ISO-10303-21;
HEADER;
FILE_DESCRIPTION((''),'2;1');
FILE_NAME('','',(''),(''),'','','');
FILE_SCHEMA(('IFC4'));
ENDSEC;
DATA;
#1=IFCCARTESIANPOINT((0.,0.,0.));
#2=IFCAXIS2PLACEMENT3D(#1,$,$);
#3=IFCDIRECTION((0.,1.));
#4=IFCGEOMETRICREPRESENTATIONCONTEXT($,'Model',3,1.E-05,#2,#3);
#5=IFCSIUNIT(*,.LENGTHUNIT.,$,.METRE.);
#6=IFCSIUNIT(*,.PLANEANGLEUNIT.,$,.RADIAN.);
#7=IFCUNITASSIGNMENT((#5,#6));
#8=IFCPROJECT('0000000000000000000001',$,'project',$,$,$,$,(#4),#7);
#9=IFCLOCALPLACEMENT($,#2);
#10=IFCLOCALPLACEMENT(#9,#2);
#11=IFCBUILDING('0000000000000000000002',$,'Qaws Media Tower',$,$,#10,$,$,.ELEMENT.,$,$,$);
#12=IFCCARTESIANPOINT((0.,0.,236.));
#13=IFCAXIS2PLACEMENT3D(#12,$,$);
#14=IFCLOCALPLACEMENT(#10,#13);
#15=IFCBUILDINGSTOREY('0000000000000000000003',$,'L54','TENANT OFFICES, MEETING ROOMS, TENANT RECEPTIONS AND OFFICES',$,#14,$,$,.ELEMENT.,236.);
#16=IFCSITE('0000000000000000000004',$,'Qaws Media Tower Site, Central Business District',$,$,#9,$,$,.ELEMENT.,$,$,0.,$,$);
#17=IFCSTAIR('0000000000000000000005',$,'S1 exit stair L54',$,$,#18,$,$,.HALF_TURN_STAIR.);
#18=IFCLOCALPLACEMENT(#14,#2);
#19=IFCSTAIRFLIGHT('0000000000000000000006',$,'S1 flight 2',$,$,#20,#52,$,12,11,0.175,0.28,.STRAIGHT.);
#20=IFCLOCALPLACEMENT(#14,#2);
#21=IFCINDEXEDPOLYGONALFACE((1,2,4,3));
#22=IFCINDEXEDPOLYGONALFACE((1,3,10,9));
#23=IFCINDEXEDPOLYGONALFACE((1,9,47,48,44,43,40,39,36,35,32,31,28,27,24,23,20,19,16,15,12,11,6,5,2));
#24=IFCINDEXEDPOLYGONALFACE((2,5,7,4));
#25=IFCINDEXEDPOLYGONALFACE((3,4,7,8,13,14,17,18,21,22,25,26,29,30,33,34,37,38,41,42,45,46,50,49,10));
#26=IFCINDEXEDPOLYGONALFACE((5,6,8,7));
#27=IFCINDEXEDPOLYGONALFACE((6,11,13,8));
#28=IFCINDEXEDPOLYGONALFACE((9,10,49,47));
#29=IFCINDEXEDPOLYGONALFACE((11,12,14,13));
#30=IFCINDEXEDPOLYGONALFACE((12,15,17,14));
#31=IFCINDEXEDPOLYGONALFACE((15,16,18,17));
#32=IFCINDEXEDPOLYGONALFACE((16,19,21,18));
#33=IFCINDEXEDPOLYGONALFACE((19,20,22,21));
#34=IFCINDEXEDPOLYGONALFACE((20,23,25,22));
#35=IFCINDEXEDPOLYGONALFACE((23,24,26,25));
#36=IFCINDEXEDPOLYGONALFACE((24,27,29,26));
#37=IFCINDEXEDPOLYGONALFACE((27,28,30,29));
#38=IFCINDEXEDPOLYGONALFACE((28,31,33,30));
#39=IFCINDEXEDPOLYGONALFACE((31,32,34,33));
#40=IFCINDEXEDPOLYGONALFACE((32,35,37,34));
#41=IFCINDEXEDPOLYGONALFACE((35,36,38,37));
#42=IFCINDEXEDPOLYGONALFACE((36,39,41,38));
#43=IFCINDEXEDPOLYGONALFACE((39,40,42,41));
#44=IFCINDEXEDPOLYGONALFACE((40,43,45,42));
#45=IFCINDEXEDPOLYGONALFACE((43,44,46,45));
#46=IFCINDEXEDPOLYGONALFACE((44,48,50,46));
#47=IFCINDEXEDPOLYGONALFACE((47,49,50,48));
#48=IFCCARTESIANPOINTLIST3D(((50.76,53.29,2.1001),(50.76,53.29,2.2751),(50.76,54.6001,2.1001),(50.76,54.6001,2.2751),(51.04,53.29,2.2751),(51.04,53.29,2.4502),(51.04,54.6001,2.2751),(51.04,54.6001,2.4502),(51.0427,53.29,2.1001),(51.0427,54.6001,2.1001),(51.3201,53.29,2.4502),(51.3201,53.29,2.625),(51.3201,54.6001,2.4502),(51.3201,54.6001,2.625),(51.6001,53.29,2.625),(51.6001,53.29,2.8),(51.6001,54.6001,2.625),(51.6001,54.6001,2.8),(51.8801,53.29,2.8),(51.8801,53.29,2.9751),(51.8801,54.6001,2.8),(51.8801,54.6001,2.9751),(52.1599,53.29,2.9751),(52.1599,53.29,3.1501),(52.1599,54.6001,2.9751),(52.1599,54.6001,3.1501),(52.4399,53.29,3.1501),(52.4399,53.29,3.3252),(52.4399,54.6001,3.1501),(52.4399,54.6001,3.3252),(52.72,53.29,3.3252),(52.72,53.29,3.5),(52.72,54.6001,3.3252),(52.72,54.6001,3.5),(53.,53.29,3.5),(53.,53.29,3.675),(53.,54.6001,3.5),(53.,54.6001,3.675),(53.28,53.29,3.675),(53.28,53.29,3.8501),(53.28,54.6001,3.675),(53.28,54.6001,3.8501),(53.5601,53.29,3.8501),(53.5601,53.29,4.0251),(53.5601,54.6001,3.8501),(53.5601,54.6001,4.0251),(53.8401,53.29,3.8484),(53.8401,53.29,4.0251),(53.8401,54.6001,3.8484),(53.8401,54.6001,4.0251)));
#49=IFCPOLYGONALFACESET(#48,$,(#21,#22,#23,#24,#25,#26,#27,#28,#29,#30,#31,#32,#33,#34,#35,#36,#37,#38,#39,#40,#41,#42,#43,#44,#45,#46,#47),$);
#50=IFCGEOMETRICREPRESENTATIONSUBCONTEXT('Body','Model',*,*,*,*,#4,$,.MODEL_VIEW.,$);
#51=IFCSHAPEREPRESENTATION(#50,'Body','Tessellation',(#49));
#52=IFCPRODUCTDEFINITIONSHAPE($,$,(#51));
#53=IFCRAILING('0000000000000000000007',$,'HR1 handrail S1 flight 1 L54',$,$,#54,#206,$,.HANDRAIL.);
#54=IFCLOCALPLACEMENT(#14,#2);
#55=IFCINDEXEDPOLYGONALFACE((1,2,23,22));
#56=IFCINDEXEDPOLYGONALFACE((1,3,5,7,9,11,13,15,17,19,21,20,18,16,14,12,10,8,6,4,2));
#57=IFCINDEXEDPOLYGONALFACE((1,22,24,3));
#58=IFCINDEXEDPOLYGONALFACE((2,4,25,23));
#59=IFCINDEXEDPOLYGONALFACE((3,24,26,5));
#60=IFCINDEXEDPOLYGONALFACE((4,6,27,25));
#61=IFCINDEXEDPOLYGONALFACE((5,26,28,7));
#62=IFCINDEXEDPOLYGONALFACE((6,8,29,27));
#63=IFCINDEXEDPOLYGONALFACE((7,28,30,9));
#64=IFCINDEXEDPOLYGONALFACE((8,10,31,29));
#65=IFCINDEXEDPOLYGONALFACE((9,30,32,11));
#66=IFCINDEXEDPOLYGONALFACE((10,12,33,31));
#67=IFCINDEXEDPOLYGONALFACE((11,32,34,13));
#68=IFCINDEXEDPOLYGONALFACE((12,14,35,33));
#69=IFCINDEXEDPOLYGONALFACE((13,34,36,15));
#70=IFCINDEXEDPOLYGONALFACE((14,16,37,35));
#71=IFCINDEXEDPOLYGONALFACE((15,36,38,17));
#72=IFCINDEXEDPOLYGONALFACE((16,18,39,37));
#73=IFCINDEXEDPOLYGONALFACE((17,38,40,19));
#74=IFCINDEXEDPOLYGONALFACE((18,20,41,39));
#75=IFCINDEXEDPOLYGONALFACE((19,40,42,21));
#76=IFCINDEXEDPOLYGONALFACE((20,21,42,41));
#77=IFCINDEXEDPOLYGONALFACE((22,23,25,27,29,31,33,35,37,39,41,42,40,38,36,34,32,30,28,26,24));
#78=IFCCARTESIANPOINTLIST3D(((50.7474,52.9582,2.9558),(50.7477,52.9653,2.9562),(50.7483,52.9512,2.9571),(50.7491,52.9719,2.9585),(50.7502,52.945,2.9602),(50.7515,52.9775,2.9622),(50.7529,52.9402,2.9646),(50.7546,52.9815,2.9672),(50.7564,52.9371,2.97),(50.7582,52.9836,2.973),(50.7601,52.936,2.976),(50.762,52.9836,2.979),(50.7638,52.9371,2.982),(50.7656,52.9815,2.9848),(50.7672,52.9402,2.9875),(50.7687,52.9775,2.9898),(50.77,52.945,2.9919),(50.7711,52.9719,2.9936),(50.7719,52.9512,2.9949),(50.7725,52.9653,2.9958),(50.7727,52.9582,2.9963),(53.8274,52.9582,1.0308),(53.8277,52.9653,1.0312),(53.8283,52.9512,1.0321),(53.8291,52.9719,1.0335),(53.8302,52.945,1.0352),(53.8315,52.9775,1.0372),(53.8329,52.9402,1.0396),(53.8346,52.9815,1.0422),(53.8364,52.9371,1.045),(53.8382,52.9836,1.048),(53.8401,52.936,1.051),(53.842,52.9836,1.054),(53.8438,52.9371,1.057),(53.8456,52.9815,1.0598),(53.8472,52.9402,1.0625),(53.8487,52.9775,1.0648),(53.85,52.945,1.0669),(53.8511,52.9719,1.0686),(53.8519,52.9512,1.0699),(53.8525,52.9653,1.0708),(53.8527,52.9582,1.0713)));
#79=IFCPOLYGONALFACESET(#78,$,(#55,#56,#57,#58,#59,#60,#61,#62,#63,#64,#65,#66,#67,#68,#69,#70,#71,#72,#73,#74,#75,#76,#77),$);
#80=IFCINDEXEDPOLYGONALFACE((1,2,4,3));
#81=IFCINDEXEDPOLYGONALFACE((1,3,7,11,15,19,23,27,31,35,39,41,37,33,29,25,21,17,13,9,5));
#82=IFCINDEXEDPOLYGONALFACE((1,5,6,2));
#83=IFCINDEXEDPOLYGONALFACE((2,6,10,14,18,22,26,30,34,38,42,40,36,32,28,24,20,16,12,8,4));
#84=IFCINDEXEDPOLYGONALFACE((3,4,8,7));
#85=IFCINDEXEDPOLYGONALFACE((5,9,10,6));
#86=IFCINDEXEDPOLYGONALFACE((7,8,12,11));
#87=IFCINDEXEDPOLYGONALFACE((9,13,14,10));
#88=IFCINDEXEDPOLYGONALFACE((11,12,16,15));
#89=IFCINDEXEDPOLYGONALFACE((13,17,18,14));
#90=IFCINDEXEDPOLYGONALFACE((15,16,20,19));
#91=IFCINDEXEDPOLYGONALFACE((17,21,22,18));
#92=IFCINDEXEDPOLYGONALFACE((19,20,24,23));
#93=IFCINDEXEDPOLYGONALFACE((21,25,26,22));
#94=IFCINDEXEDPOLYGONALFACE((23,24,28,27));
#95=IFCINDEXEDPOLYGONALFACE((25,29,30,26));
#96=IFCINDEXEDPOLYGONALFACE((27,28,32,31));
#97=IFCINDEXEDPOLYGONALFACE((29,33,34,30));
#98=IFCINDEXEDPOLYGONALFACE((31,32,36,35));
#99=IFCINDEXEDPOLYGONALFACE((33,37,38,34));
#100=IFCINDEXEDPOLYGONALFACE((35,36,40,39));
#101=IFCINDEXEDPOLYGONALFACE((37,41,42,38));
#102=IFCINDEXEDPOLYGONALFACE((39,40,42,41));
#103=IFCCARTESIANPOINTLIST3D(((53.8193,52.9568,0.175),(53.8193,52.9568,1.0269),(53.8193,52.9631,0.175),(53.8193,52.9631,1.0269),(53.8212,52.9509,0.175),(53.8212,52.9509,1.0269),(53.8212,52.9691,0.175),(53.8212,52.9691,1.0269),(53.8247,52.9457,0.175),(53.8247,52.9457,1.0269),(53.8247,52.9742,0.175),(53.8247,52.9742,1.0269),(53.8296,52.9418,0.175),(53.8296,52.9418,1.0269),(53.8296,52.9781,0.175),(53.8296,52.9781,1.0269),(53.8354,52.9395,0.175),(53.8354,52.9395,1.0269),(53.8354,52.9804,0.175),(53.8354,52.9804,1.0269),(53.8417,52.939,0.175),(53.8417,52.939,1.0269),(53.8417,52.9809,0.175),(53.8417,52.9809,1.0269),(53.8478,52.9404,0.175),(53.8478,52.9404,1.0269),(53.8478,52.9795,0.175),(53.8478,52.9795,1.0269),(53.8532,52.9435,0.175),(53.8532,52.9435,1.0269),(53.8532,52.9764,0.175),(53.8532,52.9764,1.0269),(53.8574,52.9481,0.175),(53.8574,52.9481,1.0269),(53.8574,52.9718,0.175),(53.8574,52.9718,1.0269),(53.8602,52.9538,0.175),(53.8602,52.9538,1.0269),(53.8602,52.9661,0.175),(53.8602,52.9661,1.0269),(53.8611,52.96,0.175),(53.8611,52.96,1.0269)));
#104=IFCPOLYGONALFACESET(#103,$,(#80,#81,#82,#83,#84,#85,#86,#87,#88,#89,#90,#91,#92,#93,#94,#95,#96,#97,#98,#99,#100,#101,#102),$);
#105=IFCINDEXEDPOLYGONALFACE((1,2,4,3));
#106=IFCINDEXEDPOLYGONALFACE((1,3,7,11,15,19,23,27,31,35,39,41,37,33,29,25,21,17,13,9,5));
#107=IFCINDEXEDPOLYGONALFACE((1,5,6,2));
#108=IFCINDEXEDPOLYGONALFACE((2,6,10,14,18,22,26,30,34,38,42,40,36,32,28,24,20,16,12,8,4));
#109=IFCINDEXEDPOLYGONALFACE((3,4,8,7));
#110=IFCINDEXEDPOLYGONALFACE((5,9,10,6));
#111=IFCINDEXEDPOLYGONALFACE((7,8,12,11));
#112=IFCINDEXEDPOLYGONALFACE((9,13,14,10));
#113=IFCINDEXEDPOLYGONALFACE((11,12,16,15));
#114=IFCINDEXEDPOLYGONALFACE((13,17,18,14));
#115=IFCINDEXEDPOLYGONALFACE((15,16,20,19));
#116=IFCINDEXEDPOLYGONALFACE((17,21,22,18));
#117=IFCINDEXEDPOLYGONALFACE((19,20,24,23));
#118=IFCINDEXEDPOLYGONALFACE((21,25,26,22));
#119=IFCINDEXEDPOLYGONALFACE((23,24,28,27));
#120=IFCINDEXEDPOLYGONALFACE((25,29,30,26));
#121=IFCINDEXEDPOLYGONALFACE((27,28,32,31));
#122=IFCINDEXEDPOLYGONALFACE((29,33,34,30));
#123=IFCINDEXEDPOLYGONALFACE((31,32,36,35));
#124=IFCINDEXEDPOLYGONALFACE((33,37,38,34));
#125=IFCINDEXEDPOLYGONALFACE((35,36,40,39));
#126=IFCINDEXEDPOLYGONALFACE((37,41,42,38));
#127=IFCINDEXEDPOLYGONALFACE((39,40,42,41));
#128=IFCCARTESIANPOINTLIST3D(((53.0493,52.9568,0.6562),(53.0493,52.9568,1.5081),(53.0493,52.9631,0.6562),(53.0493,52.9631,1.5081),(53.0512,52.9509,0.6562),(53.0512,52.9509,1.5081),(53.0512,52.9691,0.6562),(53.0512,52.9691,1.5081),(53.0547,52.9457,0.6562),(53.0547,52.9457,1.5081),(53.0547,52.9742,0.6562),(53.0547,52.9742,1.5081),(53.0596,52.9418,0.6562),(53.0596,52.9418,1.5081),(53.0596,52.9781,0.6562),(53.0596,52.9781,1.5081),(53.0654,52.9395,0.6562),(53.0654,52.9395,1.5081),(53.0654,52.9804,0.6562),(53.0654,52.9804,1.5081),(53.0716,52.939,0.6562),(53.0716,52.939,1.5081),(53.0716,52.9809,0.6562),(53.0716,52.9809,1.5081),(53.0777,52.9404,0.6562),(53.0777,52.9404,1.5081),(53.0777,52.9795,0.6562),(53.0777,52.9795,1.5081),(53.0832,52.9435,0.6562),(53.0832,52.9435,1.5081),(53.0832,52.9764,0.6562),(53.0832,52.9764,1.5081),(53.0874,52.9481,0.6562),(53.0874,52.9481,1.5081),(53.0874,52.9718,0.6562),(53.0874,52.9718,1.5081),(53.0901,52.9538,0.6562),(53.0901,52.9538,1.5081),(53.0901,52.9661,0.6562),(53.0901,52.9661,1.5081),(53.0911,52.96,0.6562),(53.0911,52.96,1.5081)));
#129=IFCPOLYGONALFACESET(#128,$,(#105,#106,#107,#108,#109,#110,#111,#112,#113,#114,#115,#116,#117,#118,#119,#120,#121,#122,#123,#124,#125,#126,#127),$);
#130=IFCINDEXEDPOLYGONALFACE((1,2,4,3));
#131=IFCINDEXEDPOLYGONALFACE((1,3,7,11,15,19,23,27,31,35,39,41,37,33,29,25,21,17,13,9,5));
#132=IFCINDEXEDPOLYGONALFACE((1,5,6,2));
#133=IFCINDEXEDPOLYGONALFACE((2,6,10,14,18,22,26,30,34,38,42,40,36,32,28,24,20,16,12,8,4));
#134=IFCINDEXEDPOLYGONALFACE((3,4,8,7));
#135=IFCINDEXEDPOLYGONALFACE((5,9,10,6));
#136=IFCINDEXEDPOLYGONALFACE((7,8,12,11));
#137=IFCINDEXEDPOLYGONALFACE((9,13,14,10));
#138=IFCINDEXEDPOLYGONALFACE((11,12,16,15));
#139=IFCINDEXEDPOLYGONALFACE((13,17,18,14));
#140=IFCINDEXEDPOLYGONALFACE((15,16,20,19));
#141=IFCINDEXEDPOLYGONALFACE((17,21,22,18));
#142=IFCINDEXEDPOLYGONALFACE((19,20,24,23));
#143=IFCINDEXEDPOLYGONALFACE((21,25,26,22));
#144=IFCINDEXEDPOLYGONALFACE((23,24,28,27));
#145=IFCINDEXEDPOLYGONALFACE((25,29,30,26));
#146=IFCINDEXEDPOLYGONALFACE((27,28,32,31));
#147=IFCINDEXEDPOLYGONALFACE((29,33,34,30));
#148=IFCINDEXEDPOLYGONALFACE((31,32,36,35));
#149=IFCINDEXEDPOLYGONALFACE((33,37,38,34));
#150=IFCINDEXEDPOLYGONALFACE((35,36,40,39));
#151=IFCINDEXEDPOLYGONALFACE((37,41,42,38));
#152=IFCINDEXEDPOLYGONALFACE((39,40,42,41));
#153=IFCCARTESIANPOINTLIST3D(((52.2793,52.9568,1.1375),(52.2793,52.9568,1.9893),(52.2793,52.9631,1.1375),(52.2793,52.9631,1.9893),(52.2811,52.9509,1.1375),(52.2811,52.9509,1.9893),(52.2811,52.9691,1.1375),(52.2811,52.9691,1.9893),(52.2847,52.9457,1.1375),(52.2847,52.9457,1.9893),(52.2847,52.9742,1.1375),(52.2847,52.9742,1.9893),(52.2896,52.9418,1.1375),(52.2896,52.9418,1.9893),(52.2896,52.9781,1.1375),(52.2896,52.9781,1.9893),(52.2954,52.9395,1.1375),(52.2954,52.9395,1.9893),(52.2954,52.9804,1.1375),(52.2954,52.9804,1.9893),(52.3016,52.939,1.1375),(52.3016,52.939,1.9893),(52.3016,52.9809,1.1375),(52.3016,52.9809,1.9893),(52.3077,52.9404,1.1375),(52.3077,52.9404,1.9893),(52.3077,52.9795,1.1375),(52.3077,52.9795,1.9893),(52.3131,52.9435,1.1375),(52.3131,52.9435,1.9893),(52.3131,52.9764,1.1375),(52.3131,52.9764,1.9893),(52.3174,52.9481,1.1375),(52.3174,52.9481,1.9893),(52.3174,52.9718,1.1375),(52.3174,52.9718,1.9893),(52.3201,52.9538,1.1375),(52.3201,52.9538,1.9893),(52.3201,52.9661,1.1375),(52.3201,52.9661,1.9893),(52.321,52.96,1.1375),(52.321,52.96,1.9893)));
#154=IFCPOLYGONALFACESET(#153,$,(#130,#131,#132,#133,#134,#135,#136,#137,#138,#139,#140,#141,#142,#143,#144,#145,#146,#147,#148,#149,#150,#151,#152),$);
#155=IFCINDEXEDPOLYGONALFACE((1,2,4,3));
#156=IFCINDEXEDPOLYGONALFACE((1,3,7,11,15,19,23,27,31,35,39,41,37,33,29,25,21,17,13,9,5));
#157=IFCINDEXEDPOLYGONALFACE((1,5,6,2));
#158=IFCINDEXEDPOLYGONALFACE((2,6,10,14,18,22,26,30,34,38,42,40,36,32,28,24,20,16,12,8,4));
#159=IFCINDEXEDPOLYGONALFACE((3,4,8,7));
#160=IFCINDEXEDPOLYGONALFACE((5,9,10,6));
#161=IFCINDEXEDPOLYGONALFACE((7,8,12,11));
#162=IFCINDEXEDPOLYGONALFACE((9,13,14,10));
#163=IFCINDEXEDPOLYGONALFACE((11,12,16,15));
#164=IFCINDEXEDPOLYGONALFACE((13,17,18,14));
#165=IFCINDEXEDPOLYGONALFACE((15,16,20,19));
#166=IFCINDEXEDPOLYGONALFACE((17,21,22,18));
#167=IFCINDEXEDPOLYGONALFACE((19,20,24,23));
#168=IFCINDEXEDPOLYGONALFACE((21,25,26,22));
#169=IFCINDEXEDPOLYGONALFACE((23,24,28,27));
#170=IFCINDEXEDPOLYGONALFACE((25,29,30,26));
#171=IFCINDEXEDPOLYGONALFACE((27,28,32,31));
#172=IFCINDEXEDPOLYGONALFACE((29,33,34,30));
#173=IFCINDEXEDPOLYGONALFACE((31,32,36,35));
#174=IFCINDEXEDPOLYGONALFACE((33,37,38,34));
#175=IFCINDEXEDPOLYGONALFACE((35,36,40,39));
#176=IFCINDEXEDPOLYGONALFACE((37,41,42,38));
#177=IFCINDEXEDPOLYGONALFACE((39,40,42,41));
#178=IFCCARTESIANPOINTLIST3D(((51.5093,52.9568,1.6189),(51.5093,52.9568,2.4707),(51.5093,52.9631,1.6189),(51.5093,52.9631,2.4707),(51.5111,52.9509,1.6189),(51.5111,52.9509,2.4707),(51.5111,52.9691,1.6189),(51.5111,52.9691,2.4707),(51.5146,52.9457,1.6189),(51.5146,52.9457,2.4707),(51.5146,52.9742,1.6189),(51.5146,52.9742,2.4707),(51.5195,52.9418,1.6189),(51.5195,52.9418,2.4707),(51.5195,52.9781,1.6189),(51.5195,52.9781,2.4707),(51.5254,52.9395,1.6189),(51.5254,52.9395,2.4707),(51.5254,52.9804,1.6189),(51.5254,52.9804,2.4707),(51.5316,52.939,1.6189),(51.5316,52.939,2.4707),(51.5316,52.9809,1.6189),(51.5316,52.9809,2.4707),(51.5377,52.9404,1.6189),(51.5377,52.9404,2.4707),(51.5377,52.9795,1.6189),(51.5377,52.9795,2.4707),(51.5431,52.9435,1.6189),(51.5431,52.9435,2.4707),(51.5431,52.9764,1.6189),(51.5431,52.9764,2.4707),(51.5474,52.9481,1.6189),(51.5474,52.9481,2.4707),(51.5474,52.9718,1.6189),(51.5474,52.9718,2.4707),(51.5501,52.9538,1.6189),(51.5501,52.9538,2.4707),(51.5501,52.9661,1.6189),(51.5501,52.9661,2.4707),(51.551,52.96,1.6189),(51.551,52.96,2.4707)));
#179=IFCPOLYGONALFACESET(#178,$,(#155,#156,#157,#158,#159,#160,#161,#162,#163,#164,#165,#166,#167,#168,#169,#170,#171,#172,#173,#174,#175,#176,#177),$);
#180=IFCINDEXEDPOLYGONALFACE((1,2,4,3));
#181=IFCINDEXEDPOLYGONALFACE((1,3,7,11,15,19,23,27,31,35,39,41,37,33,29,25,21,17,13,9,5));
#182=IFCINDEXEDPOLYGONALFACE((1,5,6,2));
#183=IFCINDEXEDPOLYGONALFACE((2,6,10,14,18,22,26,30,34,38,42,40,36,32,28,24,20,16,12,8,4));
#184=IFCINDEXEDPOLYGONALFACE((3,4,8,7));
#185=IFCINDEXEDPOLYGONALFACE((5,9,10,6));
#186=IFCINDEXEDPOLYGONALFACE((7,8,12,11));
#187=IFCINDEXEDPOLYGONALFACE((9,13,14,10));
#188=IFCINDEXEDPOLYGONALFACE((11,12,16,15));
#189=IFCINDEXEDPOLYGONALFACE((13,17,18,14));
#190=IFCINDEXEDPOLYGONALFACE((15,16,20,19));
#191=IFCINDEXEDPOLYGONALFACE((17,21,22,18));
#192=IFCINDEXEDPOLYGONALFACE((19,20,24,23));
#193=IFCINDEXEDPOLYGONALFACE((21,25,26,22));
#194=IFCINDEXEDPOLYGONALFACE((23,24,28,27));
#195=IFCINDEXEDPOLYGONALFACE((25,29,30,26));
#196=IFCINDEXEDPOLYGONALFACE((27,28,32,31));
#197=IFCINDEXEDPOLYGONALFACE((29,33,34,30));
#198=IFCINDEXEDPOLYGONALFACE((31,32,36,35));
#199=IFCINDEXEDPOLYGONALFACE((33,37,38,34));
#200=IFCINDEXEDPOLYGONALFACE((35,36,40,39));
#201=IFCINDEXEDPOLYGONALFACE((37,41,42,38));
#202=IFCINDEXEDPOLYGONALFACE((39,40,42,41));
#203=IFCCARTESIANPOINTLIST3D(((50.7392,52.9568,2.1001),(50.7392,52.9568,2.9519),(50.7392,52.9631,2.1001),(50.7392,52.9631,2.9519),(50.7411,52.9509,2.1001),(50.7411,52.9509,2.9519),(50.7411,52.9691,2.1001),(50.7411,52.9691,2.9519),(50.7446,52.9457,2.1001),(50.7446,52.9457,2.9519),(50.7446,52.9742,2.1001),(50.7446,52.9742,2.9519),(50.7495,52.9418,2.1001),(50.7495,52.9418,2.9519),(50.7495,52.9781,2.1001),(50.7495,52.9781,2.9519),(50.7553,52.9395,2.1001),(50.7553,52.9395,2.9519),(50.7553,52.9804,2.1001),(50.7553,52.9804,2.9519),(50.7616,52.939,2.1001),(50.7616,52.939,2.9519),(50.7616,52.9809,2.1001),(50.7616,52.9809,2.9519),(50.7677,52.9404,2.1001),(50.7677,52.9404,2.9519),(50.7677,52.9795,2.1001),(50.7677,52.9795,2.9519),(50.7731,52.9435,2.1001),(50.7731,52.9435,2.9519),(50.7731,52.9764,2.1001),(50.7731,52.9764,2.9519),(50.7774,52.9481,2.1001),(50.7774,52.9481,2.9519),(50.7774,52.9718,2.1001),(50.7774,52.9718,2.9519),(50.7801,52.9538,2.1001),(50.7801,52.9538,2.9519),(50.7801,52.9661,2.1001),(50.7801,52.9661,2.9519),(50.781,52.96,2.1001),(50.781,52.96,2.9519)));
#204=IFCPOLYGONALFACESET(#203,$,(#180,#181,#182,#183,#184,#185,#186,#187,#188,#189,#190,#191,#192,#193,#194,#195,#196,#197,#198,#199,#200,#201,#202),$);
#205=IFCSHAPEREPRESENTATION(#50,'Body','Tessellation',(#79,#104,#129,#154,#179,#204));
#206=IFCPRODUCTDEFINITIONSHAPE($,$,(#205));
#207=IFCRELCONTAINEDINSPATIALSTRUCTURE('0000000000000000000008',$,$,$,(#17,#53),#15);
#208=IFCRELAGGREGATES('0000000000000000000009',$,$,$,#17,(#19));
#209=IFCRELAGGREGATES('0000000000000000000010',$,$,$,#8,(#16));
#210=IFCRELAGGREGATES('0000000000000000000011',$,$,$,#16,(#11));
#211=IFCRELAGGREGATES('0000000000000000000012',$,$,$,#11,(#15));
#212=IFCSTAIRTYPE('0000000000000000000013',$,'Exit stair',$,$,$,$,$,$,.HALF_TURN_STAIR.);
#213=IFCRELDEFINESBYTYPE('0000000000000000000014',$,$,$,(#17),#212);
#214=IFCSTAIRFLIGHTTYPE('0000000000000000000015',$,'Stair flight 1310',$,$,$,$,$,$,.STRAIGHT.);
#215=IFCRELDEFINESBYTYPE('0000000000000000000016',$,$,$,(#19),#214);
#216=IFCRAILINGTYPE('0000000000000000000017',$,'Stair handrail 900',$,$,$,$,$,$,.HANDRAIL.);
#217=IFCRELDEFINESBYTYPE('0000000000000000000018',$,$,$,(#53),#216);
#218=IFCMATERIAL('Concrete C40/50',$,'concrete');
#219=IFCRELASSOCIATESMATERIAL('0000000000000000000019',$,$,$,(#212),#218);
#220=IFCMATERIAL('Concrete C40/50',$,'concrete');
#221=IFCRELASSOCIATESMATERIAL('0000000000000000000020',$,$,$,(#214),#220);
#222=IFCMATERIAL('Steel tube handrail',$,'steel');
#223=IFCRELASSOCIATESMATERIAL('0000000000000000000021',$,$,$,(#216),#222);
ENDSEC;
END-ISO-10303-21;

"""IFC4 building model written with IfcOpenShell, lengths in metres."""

from ifc_helpers import new_model, si_unit, direction, frame, origin, origin_2d, place, context, subcontext, project, spatial, polyline, circle, outline, extrude, material, type_object, element, aggregate, save


model = new_model("IFC4")

# Units and contexts
model_context = context("Model", 3, precision=1e-05, world=origin(), true_north=direction((0.0, 1.0)))
body_context = subcontext(model_context, "Body", "Model", "MODEL_VIEW")
ifc_project = project(units=[si_unit("LENGTHUNIT", "METRE"), si_unit("PLANEANGLEUNIT", "RADIAN")], contexts=[model_context])

# Site, building, storey
site_placement = place(None, origin())
site = spatial("IfcSite", under=ifc_project, at=site_placement, Name="Qaws Media Tower Site, Central Business District", CompositionType="ELEMENT", RefElevation=0.0)
building_placement = place(site_placement, origin())
building = spatial("IfcBuilding", under=site, at=building_placement, Name="Qaws Media Tower", CompositionType="ELEMENT")
storey_placement = place(building_placement, frame((0.0, 0.0, 236.0)))
storey = spatial("IfcBuildingStorey", under=building, at=storey_placement, Name="L54", Description="TENANT OFFICES, MEETING ROOMS, TENANT RECEPTIONS AND OFFICES", CompositionType="ELEMENT", Elevation=236.0)

# Stair, stair flight
ifc_material_1 = material(Name="Concrete C40/50", Category="concrete")
stair_type = type_object("IfcStairType", Name="Exit stair", PredefinedType="HALF_TURN_STAIR", material=ifc_material_1)
stair_placement = place(storey_placement, origin())
stair = element("IfcStair", 1, at=stair_placement, inside=storey, type_object=stair_type, Name="S1 exit stair L54", PredefinedType="HALF_TURN_STAIR")
ifc_material_2 = material(Name="Concrete C40/50", Category="concrete")
stair_flight_type = type_object("IfcStairFlightType", Name="Stair flight 1310", PredefinedType="STRAIGHT", material=ifc_material_2)
stair_flight_1_placement = place(storey_placement, frame((50.76, 53.9451, 2.1001), z_axis=(0.0, 0.0, 1.0), x_axis=(1.0, 0.0, 0.0)))
stair_flight_1 = element("IfcStairFlight", 2, at=stair_flight_1_placement, type_object=stair_flight_type, Name="S1 flight 2", NumberOfRisers=12, NumberOfTreads=11, PredefinedType="STRAIGHT", RiserHeight=0.175, TreadLength=0.28, context=body_context, shape_type="SweptSolid", body=[
    extrude(outline(polyline([(0.0, 0.0), (0.0, 0.175), (0.28, 0.175), (0.28, 0.3501), (0.5601, 0.3501), (0.5601, 0.5249), (0.8401, 0.5249), (0.8401, 0.7), (1.1201, 0.7), (1.1201, 0.875), (1.3999, 0.875), (1.3999, 1.05), (1.6799, 1.05), (1.6799, 1.2251), (1.96, 1.2251), (1.96, 1.3999), (2.24, 1.3999), (2.24, 1.575), (2.52, 1.575), (2.52, 1.75), (2.8, 1.75), (2.8, 1.925), (3.0801, 1.925), (3.0801, 2.1001), (3.0801, 1.7483), (0.2827, 0.0), (0.0, 0.0)])), frame((0.0, 0.655, 0.0), z_axis=(0.0, -1.0, 0.0), x_axis=(1.0, 0.0, 0.0)), (0.0, 0.0, 1.0), 1.3101),
])
aggregate(stair, [stair_flight_1])

# Railing
ifc_material_3 = material(Name="Steel tube handrail", Category="steel")
railing_type = type_object("IfcRailingType", Name="Stair handrail 900", PredefinedType="HANDRAIL", material=ifc_material_3)
railing_placement = place(storey_placement, frame((53.8401, 52.96, 0.175)))
element("IfcRailing", 3, at=railing_placement, inside=storey, type_object=railing_type, Name="HR1 handrail S1 flight 1 L54", PredefinedType="HANDRAIL", context=body_context, shape_type="SweptSolid", body=[
    extrude(circle(Radius=0.0239, at=origin_2d()), frame((0.0, 0.0, 0.876), z_axis=(-0.847998, 0.0, 0.529999), x_axis=(0.0, -1.0, 0.0)), (0.0, 0.0, 1.0), 3.6321),
    extrude(circle(Radius=0.021, at=origin_2d()), origin(), (0.0, 0.0, 1.0), 0.8518),
    extrude(circle(Radius=0.021, at=origin_2d()), frame((-0.77, 0.0, 0.4812)), (0.0, 0.0, 1.0), 0.8518),
    extrude(circle(Radius=0.021, at=origin_2d()), frame((-1.54, 0.0, 0.9624)), (0.0, 0.0, 1.0), 0.8518),
    extrude(circle(Radius=0.021, at=origin_2d()), frame((-2.3101, 0.0, 1.4438)), (0.0, 0.0, 1.0), 0.8518),
    extrude(circle(Radius=0.021, at=origin_2d()), frame((-3.0801, 0.0, 1.925)), (0.0, 0.0, 1.0), 0.8518),
])

save(model, "model.ifc")
